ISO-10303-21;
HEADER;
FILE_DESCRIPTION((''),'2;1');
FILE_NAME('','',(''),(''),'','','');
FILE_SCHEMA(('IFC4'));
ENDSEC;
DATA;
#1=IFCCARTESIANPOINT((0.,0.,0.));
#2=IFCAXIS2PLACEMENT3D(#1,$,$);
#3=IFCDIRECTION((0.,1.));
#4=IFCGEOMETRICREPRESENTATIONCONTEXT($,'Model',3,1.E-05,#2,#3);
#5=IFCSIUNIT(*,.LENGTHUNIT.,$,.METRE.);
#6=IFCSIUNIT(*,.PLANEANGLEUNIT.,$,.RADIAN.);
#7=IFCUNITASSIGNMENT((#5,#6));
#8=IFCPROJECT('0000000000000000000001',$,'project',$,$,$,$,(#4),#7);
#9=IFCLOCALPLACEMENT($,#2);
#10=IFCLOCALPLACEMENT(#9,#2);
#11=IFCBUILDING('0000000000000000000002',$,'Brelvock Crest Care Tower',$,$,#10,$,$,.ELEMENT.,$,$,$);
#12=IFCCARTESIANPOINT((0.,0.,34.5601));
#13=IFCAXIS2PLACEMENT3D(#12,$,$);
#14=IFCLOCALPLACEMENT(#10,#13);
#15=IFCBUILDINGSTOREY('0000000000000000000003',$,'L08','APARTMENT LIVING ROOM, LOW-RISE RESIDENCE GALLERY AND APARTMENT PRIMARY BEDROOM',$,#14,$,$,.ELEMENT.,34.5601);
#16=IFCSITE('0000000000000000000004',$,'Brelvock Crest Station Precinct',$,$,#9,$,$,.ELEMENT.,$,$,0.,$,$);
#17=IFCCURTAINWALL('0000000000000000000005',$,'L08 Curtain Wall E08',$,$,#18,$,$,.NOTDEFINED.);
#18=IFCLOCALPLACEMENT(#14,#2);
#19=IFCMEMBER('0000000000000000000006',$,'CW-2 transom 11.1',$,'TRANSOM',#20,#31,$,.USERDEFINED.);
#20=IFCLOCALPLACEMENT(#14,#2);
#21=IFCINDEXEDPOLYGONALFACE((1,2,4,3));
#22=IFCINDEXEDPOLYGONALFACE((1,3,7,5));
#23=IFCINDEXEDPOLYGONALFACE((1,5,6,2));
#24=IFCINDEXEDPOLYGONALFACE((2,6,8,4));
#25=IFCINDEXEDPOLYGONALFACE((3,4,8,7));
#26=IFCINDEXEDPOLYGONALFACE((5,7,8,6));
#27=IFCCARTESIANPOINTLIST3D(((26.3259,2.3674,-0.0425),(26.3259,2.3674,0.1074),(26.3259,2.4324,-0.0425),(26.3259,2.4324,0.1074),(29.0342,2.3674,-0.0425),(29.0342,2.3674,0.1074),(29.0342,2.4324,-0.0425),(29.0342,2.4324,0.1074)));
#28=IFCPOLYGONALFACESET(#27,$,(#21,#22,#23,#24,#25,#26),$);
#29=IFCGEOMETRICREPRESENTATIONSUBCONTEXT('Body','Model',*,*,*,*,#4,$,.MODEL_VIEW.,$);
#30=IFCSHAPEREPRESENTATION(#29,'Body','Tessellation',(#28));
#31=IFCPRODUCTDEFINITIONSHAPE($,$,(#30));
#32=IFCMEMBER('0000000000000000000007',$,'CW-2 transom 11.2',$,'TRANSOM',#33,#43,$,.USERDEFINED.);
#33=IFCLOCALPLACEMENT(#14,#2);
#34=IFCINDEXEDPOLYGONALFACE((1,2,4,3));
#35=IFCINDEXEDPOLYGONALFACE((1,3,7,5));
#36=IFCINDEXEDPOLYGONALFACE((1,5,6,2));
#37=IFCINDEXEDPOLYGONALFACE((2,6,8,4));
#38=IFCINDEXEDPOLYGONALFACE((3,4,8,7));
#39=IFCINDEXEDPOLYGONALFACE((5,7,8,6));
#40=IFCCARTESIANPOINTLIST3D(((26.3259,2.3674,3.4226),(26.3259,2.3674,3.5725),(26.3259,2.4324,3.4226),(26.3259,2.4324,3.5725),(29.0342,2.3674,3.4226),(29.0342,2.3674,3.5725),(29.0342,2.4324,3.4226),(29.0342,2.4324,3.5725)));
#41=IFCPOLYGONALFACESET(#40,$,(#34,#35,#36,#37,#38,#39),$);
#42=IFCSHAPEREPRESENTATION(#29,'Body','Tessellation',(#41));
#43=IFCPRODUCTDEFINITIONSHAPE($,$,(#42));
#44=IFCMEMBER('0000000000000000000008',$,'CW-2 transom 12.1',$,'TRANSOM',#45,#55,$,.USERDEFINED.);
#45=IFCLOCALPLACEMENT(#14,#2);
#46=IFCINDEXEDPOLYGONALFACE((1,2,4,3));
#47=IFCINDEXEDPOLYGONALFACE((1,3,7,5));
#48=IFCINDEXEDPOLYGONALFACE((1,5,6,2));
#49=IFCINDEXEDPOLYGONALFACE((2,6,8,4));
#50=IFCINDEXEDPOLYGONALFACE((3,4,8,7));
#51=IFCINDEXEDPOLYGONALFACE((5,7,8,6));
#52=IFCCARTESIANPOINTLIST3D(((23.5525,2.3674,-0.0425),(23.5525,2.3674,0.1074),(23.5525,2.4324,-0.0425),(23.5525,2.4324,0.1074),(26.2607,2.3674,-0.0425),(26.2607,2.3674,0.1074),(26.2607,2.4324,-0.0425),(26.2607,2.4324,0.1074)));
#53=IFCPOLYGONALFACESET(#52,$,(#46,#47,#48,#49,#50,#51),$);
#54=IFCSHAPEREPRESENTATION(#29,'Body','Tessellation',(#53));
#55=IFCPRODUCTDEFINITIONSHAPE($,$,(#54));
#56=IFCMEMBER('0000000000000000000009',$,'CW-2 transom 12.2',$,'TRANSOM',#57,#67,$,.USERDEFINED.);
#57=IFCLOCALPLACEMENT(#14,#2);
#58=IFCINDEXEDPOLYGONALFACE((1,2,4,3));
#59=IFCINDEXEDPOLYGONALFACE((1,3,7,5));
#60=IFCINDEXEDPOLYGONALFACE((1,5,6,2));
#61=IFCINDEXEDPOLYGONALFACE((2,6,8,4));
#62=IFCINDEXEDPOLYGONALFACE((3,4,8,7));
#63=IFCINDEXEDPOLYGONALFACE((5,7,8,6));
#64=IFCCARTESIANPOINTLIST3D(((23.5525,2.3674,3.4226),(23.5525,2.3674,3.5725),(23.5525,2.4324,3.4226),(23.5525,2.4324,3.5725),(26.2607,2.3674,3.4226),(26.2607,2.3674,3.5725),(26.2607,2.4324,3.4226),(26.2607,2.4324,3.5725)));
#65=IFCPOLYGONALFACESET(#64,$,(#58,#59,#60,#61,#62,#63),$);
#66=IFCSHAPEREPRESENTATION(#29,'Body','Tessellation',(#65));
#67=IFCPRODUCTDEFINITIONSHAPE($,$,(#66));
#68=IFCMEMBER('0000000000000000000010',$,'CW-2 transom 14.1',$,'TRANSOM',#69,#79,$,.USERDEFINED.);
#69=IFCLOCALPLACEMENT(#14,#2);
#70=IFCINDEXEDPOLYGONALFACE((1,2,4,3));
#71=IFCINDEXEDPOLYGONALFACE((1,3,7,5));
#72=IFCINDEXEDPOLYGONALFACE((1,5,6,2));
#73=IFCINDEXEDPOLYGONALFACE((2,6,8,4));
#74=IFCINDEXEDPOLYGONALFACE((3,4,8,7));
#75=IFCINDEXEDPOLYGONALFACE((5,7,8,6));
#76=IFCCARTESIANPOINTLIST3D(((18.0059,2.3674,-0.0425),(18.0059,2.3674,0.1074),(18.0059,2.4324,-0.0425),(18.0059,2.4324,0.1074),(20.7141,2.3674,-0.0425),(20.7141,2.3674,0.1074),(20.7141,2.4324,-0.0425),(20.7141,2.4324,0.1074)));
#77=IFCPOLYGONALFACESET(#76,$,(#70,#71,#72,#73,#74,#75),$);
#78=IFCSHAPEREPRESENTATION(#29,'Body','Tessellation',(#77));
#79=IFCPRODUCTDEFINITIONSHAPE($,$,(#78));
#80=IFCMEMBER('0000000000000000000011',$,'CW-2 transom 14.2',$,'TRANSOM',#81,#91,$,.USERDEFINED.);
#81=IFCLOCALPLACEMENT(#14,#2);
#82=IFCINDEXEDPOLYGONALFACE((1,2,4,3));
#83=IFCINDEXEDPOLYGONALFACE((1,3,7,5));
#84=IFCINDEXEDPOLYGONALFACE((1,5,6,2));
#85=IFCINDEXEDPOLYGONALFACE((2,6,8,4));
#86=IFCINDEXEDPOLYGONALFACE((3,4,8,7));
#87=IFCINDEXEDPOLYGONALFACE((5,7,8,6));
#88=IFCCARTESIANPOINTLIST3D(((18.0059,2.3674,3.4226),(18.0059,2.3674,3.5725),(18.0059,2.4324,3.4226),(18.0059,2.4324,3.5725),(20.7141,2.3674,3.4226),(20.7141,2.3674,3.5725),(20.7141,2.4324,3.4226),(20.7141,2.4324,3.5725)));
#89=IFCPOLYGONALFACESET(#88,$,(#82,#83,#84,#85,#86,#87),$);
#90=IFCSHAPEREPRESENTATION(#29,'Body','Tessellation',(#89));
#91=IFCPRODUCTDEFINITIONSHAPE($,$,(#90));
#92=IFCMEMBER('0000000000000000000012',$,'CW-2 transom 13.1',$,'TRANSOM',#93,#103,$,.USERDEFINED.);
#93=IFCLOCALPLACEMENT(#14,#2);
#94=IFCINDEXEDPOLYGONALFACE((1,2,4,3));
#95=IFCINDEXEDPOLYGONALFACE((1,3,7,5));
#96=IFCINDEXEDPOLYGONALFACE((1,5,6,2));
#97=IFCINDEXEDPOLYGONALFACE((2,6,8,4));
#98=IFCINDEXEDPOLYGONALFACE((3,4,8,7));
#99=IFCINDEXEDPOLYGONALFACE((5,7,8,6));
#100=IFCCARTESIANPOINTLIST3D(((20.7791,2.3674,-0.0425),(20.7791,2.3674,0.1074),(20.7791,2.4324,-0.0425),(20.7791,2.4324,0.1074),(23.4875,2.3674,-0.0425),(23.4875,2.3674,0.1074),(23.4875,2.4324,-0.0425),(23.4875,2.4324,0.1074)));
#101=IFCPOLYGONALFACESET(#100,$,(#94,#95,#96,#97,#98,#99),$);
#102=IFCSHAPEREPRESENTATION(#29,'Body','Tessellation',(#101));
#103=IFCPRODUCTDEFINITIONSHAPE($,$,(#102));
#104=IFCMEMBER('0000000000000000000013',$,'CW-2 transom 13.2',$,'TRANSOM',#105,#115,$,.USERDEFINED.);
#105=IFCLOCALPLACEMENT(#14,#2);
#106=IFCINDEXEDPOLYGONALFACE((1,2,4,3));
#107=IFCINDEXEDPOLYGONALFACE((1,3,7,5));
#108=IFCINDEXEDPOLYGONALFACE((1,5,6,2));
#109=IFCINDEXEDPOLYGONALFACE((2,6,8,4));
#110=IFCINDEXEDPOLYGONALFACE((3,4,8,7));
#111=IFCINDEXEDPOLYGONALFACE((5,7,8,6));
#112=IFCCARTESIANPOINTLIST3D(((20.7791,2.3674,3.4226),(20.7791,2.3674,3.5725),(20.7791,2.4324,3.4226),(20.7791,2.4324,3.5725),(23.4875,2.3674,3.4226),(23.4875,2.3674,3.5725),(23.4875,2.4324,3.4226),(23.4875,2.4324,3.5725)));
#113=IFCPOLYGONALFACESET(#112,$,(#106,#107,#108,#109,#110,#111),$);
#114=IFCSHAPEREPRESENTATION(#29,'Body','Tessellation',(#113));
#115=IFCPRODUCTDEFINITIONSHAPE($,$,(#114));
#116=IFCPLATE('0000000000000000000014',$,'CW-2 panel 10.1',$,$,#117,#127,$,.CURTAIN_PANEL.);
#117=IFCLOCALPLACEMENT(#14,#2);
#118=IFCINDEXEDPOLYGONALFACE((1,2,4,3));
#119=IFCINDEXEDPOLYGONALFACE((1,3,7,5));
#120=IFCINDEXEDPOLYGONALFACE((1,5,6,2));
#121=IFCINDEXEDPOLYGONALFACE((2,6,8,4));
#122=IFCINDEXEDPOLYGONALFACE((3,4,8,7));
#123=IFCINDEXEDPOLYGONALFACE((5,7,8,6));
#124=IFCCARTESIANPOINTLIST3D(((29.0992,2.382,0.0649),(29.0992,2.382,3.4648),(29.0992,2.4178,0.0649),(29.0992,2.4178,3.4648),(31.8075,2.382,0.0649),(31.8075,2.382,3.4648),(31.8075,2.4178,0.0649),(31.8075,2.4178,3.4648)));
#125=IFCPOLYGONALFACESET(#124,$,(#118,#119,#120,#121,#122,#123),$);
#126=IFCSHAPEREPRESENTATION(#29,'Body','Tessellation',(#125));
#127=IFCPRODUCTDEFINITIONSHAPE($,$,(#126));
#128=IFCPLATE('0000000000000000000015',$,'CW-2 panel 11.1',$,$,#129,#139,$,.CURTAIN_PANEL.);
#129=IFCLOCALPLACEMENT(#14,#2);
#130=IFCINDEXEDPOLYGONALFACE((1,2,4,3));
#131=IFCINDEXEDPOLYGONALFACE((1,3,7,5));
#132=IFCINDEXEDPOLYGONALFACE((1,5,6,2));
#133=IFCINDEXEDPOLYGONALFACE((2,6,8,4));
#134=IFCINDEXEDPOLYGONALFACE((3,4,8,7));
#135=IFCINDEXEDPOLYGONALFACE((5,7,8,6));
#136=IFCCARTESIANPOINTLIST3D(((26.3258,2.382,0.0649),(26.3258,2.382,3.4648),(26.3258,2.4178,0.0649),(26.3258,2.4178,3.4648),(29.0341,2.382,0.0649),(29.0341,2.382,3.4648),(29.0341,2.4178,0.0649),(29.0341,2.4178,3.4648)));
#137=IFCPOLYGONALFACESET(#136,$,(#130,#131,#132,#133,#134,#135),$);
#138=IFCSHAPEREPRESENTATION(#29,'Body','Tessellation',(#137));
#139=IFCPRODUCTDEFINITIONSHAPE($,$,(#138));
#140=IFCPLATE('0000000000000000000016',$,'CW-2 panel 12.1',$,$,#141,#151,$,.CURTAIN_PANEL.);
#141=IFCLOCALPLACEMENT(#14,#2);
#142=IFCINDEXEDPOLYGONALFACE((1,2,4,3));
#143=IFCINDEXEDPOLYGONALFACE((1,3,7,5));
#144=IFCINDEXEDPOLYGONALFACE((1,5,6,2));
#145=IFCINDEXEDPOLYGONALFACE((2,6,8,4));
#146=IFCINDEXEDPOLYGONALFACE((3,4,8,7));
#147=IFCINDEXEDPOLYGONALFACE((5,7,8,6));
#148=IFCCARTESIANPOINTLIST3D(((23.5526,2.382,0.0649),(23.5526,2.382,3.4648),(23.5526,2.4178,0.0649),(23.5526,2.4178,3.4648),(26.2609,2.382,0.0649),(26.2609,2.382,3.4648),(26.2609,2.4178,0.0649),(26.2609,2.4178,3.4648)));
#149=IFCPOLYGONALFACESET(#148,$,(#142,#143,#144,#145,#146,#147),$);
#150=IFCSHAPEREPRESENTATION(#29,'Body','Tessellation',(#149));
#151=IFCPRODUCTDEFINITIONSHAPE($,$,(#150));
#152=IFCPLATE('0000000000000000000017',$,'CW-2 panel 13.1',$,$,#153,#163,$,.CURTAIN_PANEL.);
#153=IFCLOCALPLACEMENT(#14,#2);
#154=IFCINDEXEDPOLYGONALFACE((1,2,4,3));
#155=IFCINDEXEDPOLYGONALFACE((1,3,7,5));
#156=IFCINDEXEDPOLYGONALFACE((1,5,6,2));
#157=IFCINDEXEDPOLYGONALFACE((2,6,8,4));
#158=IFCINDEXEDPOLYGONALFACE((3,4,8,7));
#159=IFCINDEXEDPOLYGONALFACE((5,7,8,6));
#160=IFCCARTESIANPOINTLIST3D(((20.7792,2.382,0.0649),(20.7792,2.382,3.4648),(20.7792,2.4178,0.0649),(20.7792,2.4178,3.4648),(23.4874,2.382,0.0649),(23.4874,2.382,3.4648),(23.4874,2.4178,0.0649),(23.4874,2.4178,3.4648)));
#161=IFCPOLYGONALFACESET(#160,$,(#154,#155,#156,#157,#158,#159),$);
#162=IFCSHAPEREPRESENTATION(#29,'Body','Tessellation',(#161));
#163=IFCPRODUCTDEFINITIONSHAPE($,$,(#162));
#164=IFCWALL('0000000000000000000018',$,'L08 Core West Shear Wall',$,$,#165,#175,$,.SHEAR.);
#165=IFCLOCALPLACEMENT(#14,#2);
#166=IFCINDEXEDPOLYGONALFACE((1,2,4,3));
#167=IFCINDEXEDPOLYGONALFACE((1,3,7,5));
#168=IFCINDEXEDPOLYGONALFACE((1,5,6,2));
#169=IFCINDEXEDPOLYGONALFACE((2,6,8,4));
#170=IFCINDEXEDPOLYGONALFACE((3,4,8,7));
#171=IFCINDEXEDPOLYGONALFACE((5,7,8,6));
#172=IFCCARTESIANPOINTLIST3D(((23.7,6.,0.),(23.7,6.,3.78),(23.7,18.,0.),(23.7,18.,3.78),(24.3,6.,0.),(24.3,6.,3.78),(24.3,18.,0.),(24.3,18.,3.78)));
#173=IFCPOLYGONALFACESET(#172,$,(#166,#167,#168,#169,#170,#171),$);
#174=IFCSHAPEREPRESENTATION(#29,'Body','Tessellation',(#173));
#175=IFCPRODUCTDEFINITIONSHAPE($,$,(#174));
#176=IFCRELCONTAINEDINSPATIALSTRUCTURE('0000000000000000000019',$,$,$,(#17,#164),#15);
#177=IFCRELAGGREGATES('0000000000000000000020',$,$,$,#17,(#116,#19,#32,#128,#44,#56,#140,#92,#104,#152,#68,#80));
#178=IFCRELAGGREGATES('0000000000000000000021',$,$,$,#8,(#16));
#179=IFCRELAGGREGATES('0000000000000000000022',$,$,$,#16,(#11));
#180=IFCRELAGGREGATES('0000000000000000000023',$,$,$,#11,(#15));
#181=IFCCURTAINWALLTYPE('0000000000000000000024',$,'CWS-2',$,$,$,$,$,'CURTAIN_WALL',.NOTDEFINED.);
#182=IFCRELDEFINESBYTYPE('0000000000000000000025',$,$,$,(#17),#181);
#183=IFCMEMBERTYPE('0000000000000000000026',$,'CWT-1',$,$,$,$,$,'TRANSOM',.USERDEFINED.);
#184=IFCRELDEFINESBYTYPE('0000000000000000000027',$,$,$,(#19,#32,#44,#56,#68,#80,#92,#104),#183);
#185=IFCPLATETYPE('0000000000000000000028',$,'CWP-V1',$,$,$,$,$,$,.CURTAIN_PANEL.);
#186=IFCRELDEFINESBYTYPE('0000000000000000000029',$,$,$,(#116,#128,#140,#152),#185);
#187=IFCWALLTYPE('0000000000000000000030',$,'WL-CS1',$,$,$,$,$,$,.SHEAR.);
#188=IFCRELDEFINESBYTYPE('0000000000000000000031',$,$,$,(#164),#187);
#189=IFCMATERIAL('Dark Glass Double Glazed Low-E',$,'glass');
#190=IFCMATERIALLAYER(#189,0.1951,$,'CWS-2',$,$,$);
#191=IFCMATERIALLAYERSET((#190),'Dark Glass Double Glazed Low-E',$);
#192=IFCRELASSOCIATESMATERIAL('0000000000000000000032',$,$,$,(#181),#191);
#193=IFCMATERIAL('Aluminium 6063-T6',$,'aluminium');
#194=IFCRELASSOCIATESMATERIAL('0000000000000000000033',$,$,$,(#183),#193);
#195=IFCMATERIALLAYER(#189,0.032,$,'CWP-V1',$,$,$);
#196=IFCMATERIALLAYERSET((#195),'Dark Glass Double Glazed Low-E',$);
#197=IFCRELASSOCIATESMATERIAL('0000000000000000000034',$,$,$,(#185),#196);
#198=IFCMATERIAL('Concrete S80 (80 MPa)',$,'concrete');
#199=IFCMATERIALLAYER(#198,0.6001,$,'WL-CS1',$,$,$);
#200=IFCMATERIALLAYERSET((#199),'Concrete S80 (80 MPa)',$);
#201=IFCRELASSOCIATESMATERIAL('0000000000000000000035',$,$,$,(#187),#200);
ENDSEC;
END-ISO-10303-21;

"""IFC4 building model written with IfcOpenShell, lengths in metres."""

from ifc_helpers import new_model, si_unit, direction, frame, frame_2d, origin, origin_2d, place, context, subcontext, project, spatial, rectangle, extrude, source, transform, mapped, material, layer, layer_set, material_profile, profile_set, type_object, element, aggregate, save


model = new_model("IFC4")

# Units and contexts
model_context = context("Model", 3, precision=1e-05, world=origin(), true_north=direction((0.0, 1.0)))
body_context = subcontext(model_context, "Body", "Model", "MODEL_VIEW")
ifc_project = project(units=[si_unit("LENGTHUNIT", "METRE"), si_unit("PLANEANGLEUNIT", "RADIAN")], contexts=[model_context])

# Site, building, storey
site_placement = place(None, origin())
site = spatial("IfcSite", under=ifc_project, at=site_placement, Name="Brelvock Crest Station Precinct", CompositionType="ELEMENT", RefElevation=0.0)
building_placement = place(site_placement, origin())
building = spatial("IfcBuilding", under=site, at=building_placement, Name="Brelvock Crest Care Tower", CompositionType="ELEMENT")
storey_placement = place(building_placement, frame((0.0, 0.0, 34.5601)))
storey = spatial("IfcBuildingStorey", under=building, at=storey_placement, Name="L08", Description="APARTMENT LIVING ROOM, LOW-RISE RESIDENCE GALLERY AND APARTMENT PRIMARY BEDROOM", CompositionType="ELEMENT", Elevation=34.5601)

# Shared definitions
ifc_material_1 = material(Name="Concrete S80 (80 MPa)", Category="concrete")

# Curtain wall, members, plates
ifc_material_2 = material(Name="Dark Glass Double Glazed Low-E", Category="glass")
ifc_layer_1 = layer(ifc_material_2, 0.1951, Name="CWS-2")
ifc_layer_set_1 = layer_set([ifc_layer_1], Name="Dark Glass Double Glazed Low-E")
curtain_wall_type = type_object("IfcCurtainWallType", Name="CWS-2", ElementType="CURTAIN_WALL", PredefinedType="NOTDEFINED", material=ifc_layer_set_1)
curtain_wall_placement = place(storey_placement, origin())
curtain_wall = element("IfcCurtainWall", 1, at=curtain_wall_placement, inside=storey, type_object=curtain_wall_type, Name="L08 Curtain Wall E08", PredefinedType="NOTDEFINED")
ifc_material_3 = material(Name="Aluminium 6063-T6", Category="aluminium")
ifc_material_profile_1 = material_profile(ifc_material_3, rectangle(XDim=0.0649, YDim=0.1499, at=origin_2d()), Name="ALU65x150")
ifc_profile_set_1 = profile_set([ifc_material_profile_1], Name="Aluminium 6063-T6")
member_type_1 = type_object("IfcMemberType", Name="CWT-1", ElementType="TRANSOM", PredefinedType="USERDEFINED", material=ifc_profile_set_1)
shared_shape_1 = source(origin(), body_context, "Body", "SweptSolid", [
    extrude(rectangle(XDim=0.0649, YDim=0.1499, at=origin_2d()), origin(), (0.0, 0.0, 1.0), 2.7083),
])
member_1_placement = place(storey_placement, frame((29.0342, 2.3999, 0.0325), z_axis=(-1.0, 0.0, 0.0), x_axis=(0.0, -1.0, 0.0)))
member_1 = element("IfcMember", 2, at=member_1_placement, type_object=member_type_1, Name="CW-2 transom 11.1", ObjectType="TRANSOM", PredefinedType="USERDEFINED", context=body_context, shape_type="MappedRepresentation", body=[
    mapped(shared_shape_1, transform((0.0, 0.0, 0.0), x_axis=(1.0, 0.0, 0.0), y_axis=(0.0, 1.0, 0.0), z_axis=(0.0, 0.0, 1.0), scale=1.0)),
])
member_2_placement = place(storey_placement, frame((29.0342, 2.3999, 3.4976), z_axis=(-1.0, 0.0, 0.0), x_axis=(0.0, -1.0, 0.0)))
member_2 = element("IfcMember", 3, at=member_2_placement, type_object=member_type_1, Name="CW-2 transom 11.2", ObjectType="TRANSOM", PredefinedType="USERDEFINED", context=body_context, shape_type="MappedRepresentation", body=[
    mapped(shared_shape_1, transform((0.0, 0.0, 0.0), x_axis=(1.0, 0.0, 0.0), y_axis=(0.0, 1.0, 0.0), z_axis=(0.0, 0.0, 1.0), scale=1.0)),
])
member_3_placement = place(storey_placement, frame((26.2607, 2.3999, 0.0325), z_axis=(-1.0, 0.0, 0.0), x_axis=(0.0, -1.0, 0.0)))
member_3 = element("IfcMember", 4, at=member_3_placement, type_object=member_type_1, Name="CW-2 transom 12.1", ObjectType="TRANSOM", PredefinedType="USERDEFINED", context=body_context, shape_type="MappedRepresentation", body=[
    mapped(shared_shape_1, transform((0.0, 0.0, 0.0), x_axis=(1.0, 0.0, 0.0), y_axis=(0.0, 1.0, 0.0), z_axis=(0.0, 0.0, 1.0), scale=1.0)),
])
member_4_placement = place(storey_placement, frame((26.2607, 2.3999, 3.4976), z_axis=(-1.0, 0.0, 0.0), x_axis=(0.0, -1.0, 0.0)))
member_4 = element("IfcMember", 5, at=member_4_placement, type_object=member_type_1, Name="CW-2 transom 12.2", ObjectType="TRANSOM", PredefinedType="USERDEFINED", context=body_context, shape_type="MappedRepresentation", body=[
    mapped(shared_shape_1, transform((0.0, 0.0, 0.0), x_axis=(1.0, 0.0, 0.0), y_axis=(0.0, 1.0, 0.0), z_axis=(0.0, 0.0, 1.0), scale=1.0)),
])
member_5_placement = place(storey_placement, frame((20.7141, 2.3999, 0.0325), z_axis=(-1.0, 0.0, 0.0), x_axis=(0.0, -1.0, 0.0)))
member_5 = element("IfcMember", 6, at=member_5_placement, type_object=member_type_1, Name="CW-2 transom 14.1", ObjectType="TRANSOM", PredefinedType="USERDEFINED", context=body_context, shape_type="MappedRepresentation", body=[
    mapped(shared_shape_1, transform((0.0, 0.0, 0.0), x_axis=(1.0, 0.0, 0.0), y_axis=(0.0, 1.0, 0.0), z_axis=(0.0, 0.0, 1.0), scale=1.0)),
])
member_6_placement = place(storey_placement, frame((20.7141, 2.3999, 3.4976), z_axis=(-1.0, 0.0, 0.0), x_axis=(0.0, -1.0, 0.0)))
member_6 = element("IfcMember", 7, at=member_6_placement, type_object=member_type_1, Name="CW-2 transom 14.2", ObjectType="TRANSOM", PredefinedType="USERDEFINED", context=body_context, shape_type="MappedRepresentation", body=[
    mapped(shared_shape_1, transform((0.0, 0.0, 0.0), x_axis=(1.0, 0.0, 0.0), y_axis=(0.0, 1.0, 0.0), z_axis=(0.0, 0.0, 1.0), scale=1.0)),
])
shared_shape_2 = source(origin(), body_context, "Body", "SweptSolid", [
    extrude(rectangle(XDim=0.0649, YDim=0.1499, at=origin_2d()), origin(), (0.0, 0.0, 1.0), 2.7085),
])
member_7_placement = place(storey_placement, frame((23.4875, 2.3999, 0.0325), z_axis=(-1.0, 0.0, 0.0), x_axis=(0.0, -1.0, 0.0)))
member_7 = element("IfcMember", 8, at=member_7_placement, type_object=member_type_1, Name="CW-2 transom 13.1", ObjectType="TRANSOM", PredefinedType="USERDEFINED", context=body_context, shape_type="MappedRepresentation", body=[
    mapped(shared_shape_2, transform((0.0, 0.0, 0.0), x_axis=(1.0, 0.0, 0.0), y_axis=(0.0, 1.0, 0.0), z_axis=(0.0, 0.0, 1.0), scale=1.0)),
])
member_8_placement = place(storey_placement, frame((23.4875, 2.3999, 3.4976), z_axis=(-1.0, 0.0, 0.0), x_axis=(0.0, -1.0, 0.0)))
member_8 = element("IfcMember", 9, at=member_8_placement, type_object=member_type_1, Name="CW-2 transom 13.2", ObjectType="TRANSOM", PredefinedType="USERDEFINED", context=body_context, shape_type="MappedRepresentation", body=[
    mapped(shared_shape_2, transform((0.0, 0.0, 0.0), x_axis=(1.0, 0.0, 0.0), y_axis=(0.0, 1.0, 0.0), z_axis=(0.0, 0.0, 1.0), scale=1.0)),
])
ifc_layer_2 = layer(ifc_material_2, 0.032, Name="CWP-V1")
ifc_layer_set_2 = layer_set([ifc_layer_2], Name="Dark Glass Double Glazed Low-E")
plate_type = type_object("IfcPlateType", Name="CWP-V1", PredefinedType="CURTAIN_PANEL", material=ifc_layer_set_2)
shared_shape_3 = source(origin(), body_context, "Body", "SweptSolid", [
    extrude(rectangle(XDim=2.7083, YDim=0.0359, at=origin_2d()), origin(), (0.0, 0.0, 1.0), 3.3999),
])
plate_1_placement = place(storey_placement, frame((30.4534, 2.3999, 0.0649), z_axis=(0.0, 0.0, 1.0), x_axis=(-1.0, 0.0, 0.0)))
plate_1 = element("IfcPlate", 10, at=plate_1_placement, type_object=plate_type, Name="CW-2 panel 10.1", PredefinedType="CURTAIN_PANEL", context=body_context, shape_type="MappedRepresentation", body=[
    mapped(shared_shape_3, transform((0.0, 0.0, 0.0), x_axis=(1.0, 0.0, 0.0), y_axis=(0.0, 1.0, 0.0), z_axis=(0.0, 0.0, 1.0), scale=1.0)),
])
plate_2_placement = place(storey_placement, frame((27.6799, 2.3999, 0.0649), z_axis=(0.0, 0.0, 1.0), x_axis=(-1.0, 0.0, 0.0)))
plate_2 = element("IfcPlate", 11, at=plate_2_placement, type_object=plate_type, Name="CW-2 panel 11.1", PredefinedType="CURTAIN_PANEL", context=body_context, shape_type="MappedRepresentation", body=[
    mapped(shared_shape_3, transform((0.0, 0.0, 0.0), x_axis=(1.0, 0.0, 0.0), y_axis=(0.0, 1.0, 0.0), z_axis=(0.0, 0.0, 1.0), scale=1.0)),
])
plate_3_placement = place(storey_placement, frame((24.9067, 2.3999, 0.0649), z_axis=(0.0, 0.0, 1.0), x_axis=(-1.0, 0.0, 0.0)))
plate_3 = element("IfcPlate", 12, at=plate_3_placement, type_object=plate_type, Name="CW-2 panel 12.1", PredefinedType="CURTAIN_PANEL", context=body_context, shape_type="MappedRepresentation", body=[
    mapped(shared_shape_3, transform((0.0, 0.0, 0.0), x_axis=(1.0, 0.0, 0.0), y_axis=(0.0, 1.0, 0.0), z_axis=(0.0, 0.0, 1.0), scale=1.0)),
])
plate_4_placement = place(storey_placement, frame((22.1333, 2.3999, 0.0649), z_axis=(0.0, 0.0, 1.0), x_axis=(-1.0, 0.0, 0.0)))
plate_4 = element("IfcPlate", 13, at=plate_4_placement, type_object=plate_type, Name="CW-2 panel 13.1", PredefinedType="CURTAIN_PANEL", context=body_context, shape_type="MappedRepresentation", body=[
    mapped(shared_shape_3, transform((0.0, 0.0, 0.0), x_axis=(1.0, 0.0, 0.0), y_axis=(0.0, 1.0, 0.0), z_axis=(0.0, 0.0, 1.0), scale=1.0)),
])
aggregate(curtain_wall, [plate_1, member_1, member_2, plate_2, member_3, member_4, plate_3, member_7, member_8, plate_4, member_5, member_6])

# Wall
ifc_layer_3 = layer(ifc_material_1, 0.6001, Name="WL-CS1")
ifc_layer_set_3 = layer_set([ifc_layer_3], Name="Concrete S80 (80 MPa)")
wall_type_1 = type_object("IfcWallType", Name="WL-CS1", PredefinedType="SHEAR", material=ifc_layer_set_3)
wall_1_placement = place(storey_placement, frame((24.0, 6.0, 0.0), z_axis=(0.0, 0.0, 1.0), x_axis=(0.0, 1.0, 0.0)))
element("IfcWall", 14, at=wall_1_placement, inside=storey, type_object=wall_type_1, Name="L08 Core West Shear Wall", PredefinedType="SHEAR", context=body_context, shape_type="SweptSolid", body=[
    extrude(rectangle(XDim=12.0, YDim=0.6001, at=frame_2d((6.0, 0.0))), origin(), (0.0, 0.0, 1.0), 3.78),
])

save(model, "model.ifc")
